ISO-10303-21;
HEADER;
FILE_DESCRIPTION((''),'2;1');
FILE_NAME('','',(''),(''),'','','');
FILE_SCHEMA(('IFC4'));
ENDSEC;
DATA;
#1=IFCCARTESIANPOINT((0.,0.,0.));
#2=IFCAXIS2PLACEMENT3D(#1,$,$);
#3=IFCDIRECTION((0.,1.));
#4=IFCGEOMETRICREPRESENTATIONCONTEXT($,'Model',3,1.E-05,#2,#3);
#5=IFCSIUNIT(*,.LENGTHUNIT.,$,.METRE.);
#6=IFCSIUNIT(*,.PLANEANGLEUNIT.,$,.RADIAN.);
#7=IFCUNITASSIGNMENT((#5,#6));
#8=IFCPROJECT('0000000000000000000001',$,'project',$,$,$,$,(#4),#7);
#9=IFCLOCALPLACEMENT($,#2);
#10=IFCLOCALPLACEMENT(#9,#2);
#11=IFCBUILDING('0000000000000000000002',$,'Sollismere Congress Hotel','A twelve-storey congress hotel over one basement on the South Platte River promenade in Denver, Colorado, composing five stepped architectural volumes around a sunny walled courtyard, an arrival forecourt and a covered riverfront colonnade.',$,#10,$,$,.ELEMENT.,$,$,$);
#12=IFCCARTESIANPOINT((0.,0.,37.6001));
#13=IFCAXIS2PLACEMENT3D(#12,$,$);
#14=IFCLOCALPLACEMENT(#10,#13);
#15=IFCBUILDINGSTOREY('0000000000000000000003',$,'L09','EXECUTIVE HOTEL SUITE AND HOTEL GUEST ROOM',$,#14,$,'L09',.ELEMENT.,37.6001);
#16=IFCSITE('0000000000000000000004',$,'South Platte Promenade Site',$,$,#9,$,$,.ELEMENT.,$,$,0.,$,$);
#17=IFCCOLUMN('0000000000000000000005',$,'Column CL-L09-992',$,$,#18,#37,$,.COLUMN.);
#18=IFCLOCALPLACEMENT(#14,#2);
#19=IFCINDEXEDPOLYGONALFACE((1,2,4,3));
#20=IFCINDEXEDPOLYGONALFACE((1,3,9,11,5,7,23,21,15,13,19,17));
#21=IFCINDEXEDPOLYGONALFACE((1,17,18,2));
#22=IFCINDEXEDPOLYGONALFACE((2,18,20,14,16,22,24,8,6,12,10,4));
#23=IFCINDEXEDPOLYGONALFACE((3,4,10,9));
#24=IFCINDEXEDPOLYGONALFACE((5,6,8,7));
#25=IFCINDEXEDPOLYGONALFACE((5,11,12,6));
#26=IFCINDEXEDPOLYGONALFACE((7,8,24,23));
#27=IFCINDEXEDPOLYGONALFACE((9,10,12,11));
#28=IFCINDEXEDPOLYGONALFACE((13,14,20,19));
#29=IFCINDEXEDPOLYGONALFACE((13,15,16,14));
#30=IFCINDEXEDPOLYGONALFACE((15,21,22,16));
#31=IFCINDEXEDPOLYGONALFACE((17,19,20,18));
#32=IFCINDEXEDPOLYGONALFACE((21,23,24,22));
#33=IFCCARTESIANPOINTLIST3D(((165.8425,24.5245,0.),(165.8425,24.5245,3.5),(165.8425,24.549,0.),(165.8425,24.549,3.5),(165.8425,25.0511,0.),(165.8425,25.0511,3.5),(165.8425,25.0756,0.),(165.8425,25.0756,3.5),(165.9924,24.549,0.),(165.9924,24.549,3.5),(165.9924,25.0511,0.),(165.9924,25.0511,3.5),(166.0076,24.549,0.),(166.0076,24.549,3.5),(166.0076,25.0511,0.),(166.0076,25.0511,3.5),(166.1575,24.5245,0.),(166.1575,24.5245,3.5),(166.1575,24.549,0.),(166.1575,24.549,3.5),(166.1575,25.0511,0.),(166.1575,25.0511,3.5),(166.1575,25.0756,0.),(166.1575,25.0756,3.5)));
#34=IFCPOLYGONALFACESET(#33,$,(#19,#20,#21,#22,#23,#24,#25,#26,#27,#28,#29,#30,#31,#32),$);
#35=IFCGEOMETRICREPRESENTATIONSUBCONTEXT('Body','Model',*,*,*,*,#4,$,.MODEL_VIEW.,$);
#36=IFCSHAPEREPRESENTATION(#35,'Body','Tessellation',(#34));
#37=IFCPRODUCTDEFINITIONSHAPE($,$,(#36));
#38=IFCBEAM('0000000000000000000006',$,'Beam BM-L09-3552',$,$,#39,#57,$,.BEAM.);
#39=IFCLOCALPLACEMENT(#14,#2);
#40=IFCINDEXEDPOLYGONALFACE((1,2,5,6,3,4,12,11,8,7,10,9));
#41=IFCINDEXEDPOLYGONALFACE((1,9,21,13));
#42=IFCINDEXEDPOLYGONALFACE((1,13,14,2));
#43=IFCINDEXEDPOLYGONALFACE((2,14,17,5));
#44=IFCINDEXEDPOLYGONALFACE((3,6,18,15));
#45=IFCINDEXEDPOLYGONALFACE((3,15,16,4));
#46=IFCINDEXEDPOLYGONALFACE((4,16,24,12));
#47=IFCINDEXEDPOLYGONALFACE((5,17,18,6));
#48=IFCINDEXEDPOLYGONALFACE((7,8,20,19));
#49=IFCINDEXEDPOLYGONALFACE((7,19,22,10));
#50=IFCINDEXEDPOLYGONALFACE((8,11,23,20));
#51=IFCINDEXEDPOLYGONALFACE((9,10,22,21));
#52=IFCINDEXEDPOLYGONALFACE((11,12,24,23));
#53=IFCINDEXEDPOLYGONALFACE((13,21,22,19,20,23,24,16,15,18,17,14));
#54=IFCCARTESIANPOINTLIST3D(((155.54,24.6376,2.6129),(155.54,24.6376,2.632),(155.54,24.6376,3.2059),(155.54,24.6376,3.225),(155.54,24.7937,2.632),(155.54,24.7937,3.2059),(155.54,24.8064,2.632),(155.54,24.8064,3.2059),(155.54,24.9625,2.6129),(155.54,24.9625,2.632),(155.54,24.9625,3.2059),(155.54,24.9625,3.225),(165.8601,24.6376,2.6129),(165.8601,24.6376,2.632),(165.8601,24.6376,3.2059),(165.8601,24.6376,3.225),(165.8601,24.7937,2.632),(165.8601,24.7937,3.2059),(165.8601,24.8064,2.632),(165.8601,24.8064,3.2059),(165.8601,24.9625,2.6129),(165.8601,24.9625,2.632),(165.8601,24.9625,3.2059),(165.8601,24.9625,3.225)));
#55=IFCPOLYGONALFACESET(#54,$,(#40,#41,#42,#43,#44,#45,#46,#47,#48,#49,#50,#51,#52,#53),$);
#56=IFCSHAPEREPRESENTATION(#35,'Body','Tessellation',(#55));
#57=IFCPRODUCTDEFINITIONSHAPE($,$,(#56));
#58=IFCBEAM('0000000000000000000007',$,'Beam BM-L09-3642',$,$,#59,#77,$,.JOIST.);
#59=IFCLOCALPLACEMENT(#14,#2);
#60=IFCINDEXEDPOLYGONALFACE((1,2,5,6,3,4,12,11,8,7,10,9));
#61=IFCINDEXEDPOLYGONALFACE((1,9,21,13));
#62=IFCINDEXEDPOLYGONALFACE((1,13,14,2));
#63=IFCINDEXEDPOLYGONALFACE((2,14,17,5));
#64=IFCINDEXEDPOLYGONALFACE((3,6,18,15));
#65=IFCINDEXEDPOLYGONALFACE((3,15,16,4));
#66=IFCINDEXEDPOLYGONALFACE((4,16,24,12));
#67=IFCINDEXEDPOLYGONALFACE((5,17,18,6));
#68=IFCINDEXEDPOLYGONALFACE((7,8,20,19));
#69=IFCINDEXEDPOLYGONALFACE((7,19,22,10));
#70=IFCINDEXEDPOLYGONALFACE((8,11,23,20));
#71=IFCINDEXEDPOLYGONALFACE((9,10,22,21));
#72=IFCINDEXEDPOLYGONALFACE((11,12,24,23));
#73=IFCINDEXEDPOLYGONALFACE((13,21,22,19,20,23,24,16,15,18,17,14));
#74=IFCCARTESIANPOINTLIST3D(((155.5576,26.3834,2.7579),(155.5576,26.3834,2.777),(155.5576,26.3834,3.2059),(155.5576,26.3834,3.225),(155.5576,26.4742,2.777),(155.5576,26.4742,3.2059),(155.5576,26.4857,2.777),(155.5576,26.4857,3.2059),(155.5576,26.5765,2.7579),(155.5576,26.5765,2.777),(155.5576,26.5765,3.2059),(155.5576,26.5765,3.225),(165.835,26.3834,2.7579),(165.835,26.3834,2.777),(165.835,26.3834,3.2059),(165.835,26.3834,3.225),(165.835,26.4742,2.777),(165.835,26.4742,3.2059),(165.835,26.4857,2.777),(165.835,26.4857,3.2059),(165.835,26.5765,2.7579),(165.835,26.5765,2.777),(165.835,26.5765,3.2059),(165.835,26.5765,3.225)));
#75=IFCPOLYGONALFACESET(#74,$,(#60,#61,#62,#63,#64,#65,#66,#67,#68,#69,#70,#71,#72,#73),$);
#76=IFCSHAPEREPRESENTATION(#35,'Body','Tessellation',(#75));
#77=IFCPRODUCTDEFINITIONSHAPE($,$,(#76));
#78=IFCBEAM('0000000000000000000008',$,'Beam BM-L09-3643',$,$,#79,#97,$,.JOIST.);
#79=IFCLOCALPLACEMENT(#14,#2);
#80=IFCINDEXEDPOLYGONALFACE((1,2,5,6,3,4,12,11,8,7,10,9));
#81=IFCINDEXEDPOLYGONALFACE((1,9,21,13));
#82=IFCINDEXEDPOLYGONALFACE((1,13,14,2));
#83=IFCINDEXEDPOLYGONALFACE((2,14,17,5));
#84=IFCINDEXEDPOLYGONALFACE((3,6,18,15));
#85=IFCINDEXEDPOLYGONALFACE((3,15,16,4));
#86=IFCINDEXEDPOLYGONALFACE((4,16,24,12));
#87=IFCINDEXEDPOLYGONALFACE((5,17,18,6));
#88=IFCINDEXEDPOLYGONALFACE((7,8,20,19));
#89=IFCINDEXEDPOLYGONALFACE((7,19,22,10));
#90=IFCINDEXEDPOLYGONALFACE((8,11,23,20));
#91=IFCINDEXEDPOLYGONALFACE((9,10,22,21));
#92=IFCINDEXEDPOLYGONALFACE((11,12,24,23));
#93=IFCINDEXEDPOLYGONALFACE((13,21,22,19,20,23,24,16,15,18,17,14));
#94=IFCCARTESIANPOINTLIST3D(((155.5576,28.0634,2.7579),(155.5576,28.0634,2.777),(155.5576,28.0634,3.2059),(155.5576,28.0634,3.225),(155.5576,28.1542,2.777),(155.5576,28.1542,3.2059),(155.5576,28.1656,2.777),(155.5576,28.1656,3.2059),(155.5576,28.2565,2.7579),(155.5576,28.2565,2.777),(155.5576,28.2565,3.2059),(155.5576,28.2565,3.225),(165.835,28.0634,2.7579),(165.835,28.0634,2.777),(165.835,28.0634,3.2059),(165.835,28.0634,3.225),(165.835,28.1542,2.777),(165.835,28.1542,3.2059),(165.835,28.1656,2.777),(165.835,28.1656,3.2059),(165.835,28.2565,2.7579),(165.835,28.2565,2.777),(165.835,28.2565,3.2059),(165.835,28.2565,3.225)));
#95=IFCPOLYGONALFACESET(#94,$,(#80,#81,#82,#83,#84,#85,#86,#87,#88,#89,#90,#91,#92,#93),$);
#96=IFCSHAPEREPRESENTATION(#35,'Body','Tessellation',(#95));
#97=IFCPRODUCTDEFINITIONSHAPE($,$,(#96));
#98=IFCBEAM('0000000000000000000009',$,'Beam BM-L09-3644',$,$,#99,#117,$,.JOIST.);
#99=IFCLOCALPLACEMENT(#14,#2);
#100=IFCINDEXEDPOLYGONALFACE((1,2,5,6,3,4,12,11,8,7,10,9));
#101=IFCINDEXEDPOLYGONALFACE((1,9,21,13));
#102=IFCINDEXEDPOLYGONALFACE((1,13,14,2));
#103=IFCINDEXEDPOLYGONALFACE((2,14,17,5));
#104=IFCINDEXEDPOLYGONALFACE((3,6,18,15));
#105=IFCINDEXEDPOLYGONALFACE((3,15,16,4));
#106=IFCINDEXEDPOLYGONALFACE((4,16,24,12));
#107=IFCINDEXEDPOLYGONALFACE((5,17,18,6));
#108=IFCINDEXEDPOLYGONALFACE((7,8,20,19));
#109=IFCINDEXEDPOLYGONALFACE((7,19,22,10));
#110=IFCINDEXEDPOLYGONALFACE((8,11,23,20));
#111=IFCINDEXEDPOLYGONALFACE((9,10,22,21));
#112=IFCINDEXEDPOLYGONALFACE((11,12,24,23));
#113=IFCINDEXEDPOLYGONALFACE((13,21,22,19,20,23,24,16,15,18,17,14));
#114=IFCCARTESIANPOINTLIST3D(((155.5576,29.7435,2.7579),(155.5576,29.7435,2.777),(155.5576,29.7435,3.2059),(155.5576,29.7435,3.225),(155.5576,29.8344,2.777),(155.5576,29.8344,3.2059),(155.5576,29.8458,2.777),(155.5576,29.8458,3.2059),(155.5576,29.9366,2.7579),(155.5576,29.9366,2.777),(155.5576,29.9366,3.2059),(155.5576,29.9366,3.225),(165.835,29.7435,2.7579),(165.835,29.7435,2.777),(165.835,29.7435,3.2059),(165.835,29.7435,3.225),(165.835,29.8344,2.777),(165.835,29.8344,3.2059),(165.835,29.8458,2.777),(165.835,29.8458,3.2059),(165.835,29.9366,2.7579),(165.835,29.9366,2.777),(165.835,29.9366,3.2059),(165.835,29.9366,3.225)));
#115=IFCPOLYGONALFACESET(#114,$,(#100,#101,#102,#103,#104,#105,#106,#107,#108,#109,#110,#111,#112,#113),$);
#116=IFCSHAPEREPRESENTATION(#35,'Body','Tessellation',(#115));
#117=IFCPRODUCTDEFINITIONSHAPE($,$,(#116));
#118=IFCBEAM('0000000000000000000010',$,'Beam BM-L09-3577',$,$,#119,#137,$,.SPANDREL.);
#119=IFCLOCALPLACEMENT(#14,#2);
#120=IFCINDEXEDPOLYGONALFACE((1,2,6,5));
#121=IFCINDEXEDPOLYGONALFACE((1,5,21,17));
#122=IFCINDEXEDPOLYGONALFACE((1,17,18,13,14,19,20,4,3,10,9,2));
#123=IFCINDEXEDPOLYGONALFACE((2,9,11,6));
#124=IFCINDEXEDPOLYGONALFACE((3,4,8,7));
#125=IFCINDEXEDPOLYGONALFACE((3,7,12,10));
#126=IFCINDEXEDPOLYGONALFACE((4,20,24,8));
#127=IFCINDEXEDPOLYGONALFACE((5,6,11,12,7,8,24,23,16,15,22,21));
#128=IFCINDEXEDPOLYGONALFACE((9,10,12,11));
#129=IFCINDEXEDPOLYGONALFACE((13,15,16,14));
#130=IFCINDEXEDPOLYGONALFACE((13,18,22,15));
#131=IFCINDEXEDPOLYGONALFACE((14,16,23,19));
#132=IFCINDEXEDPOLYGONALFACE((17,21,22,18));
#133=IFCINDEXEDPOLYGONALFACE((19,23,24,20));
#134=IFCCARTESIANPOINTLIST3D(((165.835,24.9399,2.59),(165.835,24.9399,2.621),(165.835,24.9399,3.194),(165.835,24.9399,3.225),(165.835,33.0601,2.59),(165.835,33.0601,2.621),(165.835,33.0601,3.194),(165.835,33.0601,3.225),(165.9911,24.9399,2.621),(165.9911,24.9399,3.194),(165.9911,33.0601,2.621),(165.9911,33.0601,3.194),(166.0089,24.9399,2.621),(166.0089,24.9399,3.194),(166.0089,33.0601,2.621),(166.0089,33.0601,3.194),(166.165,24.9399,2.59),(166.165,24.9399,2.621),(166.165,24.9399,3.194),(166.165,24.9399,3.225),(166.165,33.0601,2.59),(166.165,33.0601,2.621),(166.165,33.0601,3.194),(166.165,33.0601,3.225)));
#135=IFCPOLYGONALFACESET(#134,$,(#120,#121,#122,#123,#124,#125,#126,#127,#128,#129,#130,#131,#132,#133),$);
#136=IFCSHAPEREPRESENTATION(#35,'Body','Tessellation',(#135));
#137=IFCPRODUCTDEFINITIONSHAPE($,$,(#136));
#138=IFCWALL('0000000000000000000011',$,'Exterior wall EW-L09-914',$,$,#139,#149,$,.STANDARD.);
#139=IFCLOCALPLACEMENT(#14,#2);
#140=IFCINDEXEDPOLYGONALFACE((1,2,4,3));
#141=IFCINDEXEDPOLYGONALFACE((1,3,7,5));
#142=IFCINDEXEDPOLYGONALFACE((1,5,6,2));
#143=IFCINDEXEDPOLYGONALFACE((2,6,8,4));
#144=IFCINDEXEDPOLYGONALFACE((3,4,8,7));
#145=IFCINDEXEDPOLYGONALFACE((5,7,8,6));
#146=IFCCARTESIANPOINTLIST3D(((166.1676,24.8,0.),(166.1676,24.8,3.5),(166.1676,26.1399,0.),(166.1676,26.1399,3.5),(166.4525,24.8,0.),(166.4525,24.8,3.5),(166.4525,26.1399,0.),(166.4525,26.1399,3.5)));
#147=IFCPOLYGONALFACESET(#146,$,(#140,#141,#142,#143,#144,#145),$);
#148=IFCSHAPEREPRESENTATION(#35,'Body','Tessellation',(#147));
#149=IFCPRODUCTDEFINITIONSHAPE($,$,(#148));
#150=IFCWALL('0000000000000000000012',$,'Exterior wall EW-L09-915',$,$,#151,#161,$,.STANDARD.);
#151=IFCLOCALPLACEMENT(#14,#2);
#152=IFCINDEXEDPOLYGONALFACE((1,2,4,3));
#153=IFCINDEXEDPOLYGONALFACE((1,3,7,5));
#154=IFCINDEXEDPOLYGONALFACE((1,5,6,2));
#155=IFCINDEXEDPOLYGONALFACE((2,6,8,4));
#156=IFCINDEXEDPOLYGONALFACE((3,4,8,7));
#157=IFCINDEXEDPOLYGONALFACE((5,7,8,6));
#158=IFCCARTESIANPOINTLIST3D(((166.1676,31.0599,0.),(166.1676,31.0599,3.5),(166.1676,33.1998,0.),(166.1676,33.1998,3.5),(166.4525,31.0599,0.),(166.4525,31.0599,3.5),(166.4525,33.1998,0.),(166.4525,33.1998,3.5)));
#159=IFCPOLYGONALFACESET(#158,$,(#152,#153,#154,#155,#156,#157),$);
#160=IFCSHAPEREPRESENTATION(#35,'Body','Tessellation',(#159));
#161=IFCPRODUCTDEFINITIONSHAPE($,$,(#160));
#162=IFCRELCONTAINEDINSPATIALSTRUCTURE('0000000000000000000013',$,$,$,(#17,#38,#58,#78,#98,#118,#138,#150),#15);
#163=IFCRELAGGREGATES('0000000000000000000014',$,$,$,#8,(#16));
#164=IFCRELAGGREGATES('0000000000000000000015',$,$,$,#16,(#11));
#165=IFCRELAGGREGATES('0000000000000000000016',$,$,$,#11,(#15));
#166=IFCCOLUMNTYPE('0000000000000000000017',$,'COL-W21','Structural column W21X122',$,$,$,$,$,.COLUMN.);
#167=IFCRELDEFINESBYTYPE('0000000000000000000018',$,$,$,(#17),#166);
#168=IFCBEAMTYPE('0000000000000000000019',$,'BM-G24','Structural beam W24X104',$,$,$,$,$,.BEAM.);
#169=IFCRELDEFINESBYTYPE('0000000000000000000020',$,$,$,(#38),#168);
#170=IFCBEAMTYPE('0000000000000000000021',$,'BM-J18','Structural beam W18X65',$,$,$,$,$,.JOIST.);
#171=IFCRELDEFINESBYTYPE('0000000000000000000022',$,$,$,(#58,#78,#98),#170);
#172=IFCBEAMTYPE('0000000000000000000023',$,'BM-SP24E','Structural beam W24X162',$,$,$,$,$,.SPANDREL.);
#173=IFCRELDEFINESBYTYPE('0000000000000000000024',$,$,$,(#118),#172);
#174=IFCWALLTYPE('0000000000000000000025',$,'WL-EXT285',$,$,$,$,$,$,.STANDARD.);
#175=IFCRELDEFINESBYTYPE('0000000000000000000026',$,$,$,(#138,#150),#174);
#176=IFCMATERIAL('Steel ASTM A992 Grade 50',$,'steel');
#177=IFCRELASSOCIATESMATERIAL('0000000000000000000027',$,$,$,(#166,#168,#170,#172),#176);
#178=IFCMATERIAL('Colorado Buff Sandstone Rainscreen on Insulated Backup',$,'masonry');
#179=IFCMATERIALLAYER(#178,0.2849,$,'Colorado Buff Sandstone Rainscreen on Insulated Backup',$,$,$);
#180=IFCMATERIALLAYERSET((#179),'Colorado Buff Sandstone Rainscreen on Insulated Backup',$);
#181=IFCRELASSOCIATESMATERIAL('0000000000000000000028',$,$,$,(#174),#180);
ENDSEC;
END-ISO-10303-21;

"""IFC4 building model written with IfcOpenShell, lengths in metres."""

from ifc_helpers import new_model, si_unit, direction, frame, frame_2d, origin, origin_2d, place, context, subcontext, project, spatial, rectangle, i_section, extrude, material, layer, layer_set, material_profile, profile_set, type_object, element, save


model = new_model("IFC4")

# Units and contexts
model_context = context("Model", 3, precision=1e-05, world=origin(), true_north=direction((0.0, 1.0)))
body_context = subcontext(model_context, "Body", "Model", "MODEL_VIEW")
ifc_project = project(units=[si_unit("LENGTHUNIT", "METRE"), si_unit("PLANEANGLEUNIT", "RADIAN")], contexts=[model_context])

# Site, building, storey
site_placement = place(None, origin())
site = spatial("IfcSite", under=ifc_project, at=site_placement, Name="South Platte Promenade Site", CompositionType="ELEMENT", RefElevation=0.0)
building_placement = place(site_placement, origin())
building = spatial("IfcBuilding", under=site, at=building_placement, Name="Sollismere Congress Hotel", Description="A twelve-storey congress hotel over one basement on the South Platte River promenade in Denver, Colorado, composing five stepped architectural volumes around a sunny walled courtyard, an arrival forecourt and a covered riverfront colonnade.", CompositionType="ELEMENT")
storey_placement = place(building_placement, frame((0.0, 0.0, 37.6001)))
storey = spatial("IfcBuildingStorey", under=building, at=storey_placement, Name="L09", Description="EXECUTIVE HOTEL SUITE AND HOTEL GUEST ROOM", LongName="L09", CompositionType="ELEMENT", Elevation=37.6001)

# Column
ifc_material_1 = material(Name="Steel ASTM A992 Grade 50", Category="steel")
ifc_material_profile_1 = material_profile(ifc_material_1, i_section(OverallWidth=0.3149, OverallDepth=0.551, WebThickness=0.0151, FlangeThickness=0.0244, at=origin_2d()), Name="W21X122")
ifc_profile_set_1 = profile_set([ifc_material_profile_1], Name="Steel ASTM A992 Grade 50")
column_type = type_object("IfcColumnType", Name="COL-W21", Description="Structural column W21X122", PredefinedType="COLUMN", material=ifc_profile_set_1)
column_placement = place(storey_placement, frame((166.0, 24.8, 0.0), z_axis=(0.0, 0.0, 1.0), x_axis=(1.0, 0.0, 0.0)))
element("IfcColumn", 1, at=column_placement, inside=storey, type_object=column_type, Name="Column CL-L09-992", PredefinedType="COLUMN", context=body_context, shape_type="SweptSolid", body=[
    extrude(i_section(OverallWidth=0.3149, OverallDepth=0.551, WebThickness=0.0151, FlangeThickness=0.0244, at=origin_2d()), origin(), (0.0, 0.0, 1.0), 3.5),
])

# Beams
ifc_material_profile_2 = material_profile(ifc_material_1, i_section(OverallWidth=0.325, OverallDepth=0.6121, WebThickness=0.0127, FlangeThickness=0.019, at=origin_2d()), Name="W24X104")
ifc_profile_set_2 = profile_set([ifc_material_profile_2], Name="Steel ASTM A992 Grade 50")
beam_type_1 = type_object("IfcBeamType", Name="BM-G24", Description="Structural beam W24X104", PredefinedType="BEAM", material=ifc_profile_set_2)
beam_1_placement = place(storey_placement, frame((155.54, 24.8, 2.9189), z_axis=(1.0, 0.0, 0.0), x_axis=(0.0, 1.0, 0.0)))
element("IfcBeam", 2, at=beam_1_placement, inside=storey, type_object=beam_type_1, Name="Beam BM-L09-3552", PredefinedType="BEAM", context=body_context, shape_type="SweptSolid", body=[
    extrude(i_section(OverallWidth=0.325, OverallDepth=0.6121, WebThickness=0.0127, FlangeThickness=0.019, at=origin_2d()), origin(), (0.0, 0.0, 1.0), 10.3201),
])
ifc_material_profile_3 = material_profile(ifc_material_1, i_section(OverallWidth=0.1931, OverallDepth=0.467, WebThickness=0.0115, FlangeThickness=0.019, at=origin_2d()), Name="W18X65")
ifc_profile_set_3 = profile_set([ifc_material_profile_3], Name="Steel ASTM A992 Grade 50")
beam_type_2 = type_object("IfcBeamType", Name="BM-J18", Description="Structural beam W18X65", PredefinedType="JOIST", material=ifc_profile_set_3)
for number, where, z_axis, x_axis, name in (
    (3, (155.5576, 26.48, 2.9915), (1.0, 0.0, 0.0), (0.0, 1.0, 0.0), "Beam BM-L09-3642"),
    (4, (155.5576, 28.1599, 2.9915), (1.0, 0.0, 0.0), (0.0, 1.0, 0.0), "Beam BM-L09-3643"),
    (5, (155.5576, 29.8401, 2.9915), (1.0, 0.0, 0.0), (0.0, 1.0, 0.0), "Beam BM-L09-3644"),
):
    element("IfcBeam", number, at=place(storey_placement, frame(where, z_axis=z_axis, x_axis=x_axis)), inside=storey, type_object=beam_type_2, Name=name, PredefinedType="JOIST", context=body_context, shape_type="SweptSolid", body=[
        extrude(i_section(OverallWidth=0.1931, OverallDepth=0.467, WebThickness=0.0115, FlangeThickness=0.019, at=origin_2d()), origin(), (0.0, 0.0, 1.0), 10.2773),
    ])
ifc_material_profile_4 = material_profile(ifc_material_1, i_section(OverallWidth=0.3301, OverallDepth=0.635, WebThickness=0.0178, FlangeThickness=0.031, at=origin_2d()), Name="W24X162")
ifc_profile_set_4 = profile_set([ifc_material_profile_4], Name="Steel ASTM A992 Grade 50")
beam_type_3 = type_object("IfcBeamType", Name="BM-SP24E", Description="Structural beam W24X162", PredefinedType="SPANDREL", material=ifc_profile_set_4)
beam_2_placement = place(storey_placement, frame((166.0, 24.9399, 2.9075), z_axis=(0.0, 1.0, 0.0), x_axis=(-1.0, 0.0, 0.0)))
element("IfcBeam", 6, at=beam_2_placement, inside=storey, type_object=beam_type_3, Name="Beam BM-L09-3577", PredefinedType="SPANDREL", context=body_context, shape_type="SweptSolid", body=[
    extrude(i_section(OverallWidth=0.3301, OverallDepth=0.635, WebThickness=0.0178, FlangeThickness=0.031, at=origin_2d()), origin(), (0.0, 0.0, 1.0), 8.1201),
])

# Walls
ifc_material_2 = material(Name="Colorado Buff Sandstone Rainscreen on Insulated Backup", Category="masonry")
ifc_layer_1 = layer(ifc_material_2, 0.2849, Name="Colorado Buff Sandstone Rainscreen on Insulated Backup")
ifc_layer_set_1 = layer_set([ifc_layer_1], Name="Colorado Buff Sandstone Rainscreen on Insulated Backup")
wall_type_1 = type_object("IfcWallType", Name="WL-EXT285", PredefinedType="STANDARD", material=ifc_layer_set_1)
wall_1_placement = place(storey_placement, frame((166.3101, 24.8, 0.0), z_axis=(0.0, 0.0, 1.0), x_axis=(0.0, 1.0, 0.0)))
element("IfcWall", 7, at=wall_1_placement, inside=storey, type_object=wall_type_1, Name="Exterior wall EW-L09-914", PredefinedType="STANDARD", context=body_context, shape_type="SweptSolid", body=[
    extrude(rectangle(XDim=1.3398, YDim=0.2849, at=frame_2d((0.6699, 0.0))), origin(), (0.0, 0.0, 1.0), 3.5),
])
wall_2_placement = place(storey_placement, frame((166.3101, 31.0601, 0.0), z_axis=(0.0, 0.0, 1.0), x_axis=(0.0, 1.0, 0.0)))
element("IfcWall", 8, at=wall_2_placement, inside=storey, type_object=wall_type_1, Name="Exterior wall EW-L09-915", PredefinedType="STANDARD", context=body_context, shape_type="SweptSolid", body=[
    extrude(rectangle(XDim=2.1399, YDim=0.2849, at=frame_2d((1.0698, 0.0))), origin(), (0.0, 0.0, 1.0), 3.5),
])

save(model, "model.ifc")
